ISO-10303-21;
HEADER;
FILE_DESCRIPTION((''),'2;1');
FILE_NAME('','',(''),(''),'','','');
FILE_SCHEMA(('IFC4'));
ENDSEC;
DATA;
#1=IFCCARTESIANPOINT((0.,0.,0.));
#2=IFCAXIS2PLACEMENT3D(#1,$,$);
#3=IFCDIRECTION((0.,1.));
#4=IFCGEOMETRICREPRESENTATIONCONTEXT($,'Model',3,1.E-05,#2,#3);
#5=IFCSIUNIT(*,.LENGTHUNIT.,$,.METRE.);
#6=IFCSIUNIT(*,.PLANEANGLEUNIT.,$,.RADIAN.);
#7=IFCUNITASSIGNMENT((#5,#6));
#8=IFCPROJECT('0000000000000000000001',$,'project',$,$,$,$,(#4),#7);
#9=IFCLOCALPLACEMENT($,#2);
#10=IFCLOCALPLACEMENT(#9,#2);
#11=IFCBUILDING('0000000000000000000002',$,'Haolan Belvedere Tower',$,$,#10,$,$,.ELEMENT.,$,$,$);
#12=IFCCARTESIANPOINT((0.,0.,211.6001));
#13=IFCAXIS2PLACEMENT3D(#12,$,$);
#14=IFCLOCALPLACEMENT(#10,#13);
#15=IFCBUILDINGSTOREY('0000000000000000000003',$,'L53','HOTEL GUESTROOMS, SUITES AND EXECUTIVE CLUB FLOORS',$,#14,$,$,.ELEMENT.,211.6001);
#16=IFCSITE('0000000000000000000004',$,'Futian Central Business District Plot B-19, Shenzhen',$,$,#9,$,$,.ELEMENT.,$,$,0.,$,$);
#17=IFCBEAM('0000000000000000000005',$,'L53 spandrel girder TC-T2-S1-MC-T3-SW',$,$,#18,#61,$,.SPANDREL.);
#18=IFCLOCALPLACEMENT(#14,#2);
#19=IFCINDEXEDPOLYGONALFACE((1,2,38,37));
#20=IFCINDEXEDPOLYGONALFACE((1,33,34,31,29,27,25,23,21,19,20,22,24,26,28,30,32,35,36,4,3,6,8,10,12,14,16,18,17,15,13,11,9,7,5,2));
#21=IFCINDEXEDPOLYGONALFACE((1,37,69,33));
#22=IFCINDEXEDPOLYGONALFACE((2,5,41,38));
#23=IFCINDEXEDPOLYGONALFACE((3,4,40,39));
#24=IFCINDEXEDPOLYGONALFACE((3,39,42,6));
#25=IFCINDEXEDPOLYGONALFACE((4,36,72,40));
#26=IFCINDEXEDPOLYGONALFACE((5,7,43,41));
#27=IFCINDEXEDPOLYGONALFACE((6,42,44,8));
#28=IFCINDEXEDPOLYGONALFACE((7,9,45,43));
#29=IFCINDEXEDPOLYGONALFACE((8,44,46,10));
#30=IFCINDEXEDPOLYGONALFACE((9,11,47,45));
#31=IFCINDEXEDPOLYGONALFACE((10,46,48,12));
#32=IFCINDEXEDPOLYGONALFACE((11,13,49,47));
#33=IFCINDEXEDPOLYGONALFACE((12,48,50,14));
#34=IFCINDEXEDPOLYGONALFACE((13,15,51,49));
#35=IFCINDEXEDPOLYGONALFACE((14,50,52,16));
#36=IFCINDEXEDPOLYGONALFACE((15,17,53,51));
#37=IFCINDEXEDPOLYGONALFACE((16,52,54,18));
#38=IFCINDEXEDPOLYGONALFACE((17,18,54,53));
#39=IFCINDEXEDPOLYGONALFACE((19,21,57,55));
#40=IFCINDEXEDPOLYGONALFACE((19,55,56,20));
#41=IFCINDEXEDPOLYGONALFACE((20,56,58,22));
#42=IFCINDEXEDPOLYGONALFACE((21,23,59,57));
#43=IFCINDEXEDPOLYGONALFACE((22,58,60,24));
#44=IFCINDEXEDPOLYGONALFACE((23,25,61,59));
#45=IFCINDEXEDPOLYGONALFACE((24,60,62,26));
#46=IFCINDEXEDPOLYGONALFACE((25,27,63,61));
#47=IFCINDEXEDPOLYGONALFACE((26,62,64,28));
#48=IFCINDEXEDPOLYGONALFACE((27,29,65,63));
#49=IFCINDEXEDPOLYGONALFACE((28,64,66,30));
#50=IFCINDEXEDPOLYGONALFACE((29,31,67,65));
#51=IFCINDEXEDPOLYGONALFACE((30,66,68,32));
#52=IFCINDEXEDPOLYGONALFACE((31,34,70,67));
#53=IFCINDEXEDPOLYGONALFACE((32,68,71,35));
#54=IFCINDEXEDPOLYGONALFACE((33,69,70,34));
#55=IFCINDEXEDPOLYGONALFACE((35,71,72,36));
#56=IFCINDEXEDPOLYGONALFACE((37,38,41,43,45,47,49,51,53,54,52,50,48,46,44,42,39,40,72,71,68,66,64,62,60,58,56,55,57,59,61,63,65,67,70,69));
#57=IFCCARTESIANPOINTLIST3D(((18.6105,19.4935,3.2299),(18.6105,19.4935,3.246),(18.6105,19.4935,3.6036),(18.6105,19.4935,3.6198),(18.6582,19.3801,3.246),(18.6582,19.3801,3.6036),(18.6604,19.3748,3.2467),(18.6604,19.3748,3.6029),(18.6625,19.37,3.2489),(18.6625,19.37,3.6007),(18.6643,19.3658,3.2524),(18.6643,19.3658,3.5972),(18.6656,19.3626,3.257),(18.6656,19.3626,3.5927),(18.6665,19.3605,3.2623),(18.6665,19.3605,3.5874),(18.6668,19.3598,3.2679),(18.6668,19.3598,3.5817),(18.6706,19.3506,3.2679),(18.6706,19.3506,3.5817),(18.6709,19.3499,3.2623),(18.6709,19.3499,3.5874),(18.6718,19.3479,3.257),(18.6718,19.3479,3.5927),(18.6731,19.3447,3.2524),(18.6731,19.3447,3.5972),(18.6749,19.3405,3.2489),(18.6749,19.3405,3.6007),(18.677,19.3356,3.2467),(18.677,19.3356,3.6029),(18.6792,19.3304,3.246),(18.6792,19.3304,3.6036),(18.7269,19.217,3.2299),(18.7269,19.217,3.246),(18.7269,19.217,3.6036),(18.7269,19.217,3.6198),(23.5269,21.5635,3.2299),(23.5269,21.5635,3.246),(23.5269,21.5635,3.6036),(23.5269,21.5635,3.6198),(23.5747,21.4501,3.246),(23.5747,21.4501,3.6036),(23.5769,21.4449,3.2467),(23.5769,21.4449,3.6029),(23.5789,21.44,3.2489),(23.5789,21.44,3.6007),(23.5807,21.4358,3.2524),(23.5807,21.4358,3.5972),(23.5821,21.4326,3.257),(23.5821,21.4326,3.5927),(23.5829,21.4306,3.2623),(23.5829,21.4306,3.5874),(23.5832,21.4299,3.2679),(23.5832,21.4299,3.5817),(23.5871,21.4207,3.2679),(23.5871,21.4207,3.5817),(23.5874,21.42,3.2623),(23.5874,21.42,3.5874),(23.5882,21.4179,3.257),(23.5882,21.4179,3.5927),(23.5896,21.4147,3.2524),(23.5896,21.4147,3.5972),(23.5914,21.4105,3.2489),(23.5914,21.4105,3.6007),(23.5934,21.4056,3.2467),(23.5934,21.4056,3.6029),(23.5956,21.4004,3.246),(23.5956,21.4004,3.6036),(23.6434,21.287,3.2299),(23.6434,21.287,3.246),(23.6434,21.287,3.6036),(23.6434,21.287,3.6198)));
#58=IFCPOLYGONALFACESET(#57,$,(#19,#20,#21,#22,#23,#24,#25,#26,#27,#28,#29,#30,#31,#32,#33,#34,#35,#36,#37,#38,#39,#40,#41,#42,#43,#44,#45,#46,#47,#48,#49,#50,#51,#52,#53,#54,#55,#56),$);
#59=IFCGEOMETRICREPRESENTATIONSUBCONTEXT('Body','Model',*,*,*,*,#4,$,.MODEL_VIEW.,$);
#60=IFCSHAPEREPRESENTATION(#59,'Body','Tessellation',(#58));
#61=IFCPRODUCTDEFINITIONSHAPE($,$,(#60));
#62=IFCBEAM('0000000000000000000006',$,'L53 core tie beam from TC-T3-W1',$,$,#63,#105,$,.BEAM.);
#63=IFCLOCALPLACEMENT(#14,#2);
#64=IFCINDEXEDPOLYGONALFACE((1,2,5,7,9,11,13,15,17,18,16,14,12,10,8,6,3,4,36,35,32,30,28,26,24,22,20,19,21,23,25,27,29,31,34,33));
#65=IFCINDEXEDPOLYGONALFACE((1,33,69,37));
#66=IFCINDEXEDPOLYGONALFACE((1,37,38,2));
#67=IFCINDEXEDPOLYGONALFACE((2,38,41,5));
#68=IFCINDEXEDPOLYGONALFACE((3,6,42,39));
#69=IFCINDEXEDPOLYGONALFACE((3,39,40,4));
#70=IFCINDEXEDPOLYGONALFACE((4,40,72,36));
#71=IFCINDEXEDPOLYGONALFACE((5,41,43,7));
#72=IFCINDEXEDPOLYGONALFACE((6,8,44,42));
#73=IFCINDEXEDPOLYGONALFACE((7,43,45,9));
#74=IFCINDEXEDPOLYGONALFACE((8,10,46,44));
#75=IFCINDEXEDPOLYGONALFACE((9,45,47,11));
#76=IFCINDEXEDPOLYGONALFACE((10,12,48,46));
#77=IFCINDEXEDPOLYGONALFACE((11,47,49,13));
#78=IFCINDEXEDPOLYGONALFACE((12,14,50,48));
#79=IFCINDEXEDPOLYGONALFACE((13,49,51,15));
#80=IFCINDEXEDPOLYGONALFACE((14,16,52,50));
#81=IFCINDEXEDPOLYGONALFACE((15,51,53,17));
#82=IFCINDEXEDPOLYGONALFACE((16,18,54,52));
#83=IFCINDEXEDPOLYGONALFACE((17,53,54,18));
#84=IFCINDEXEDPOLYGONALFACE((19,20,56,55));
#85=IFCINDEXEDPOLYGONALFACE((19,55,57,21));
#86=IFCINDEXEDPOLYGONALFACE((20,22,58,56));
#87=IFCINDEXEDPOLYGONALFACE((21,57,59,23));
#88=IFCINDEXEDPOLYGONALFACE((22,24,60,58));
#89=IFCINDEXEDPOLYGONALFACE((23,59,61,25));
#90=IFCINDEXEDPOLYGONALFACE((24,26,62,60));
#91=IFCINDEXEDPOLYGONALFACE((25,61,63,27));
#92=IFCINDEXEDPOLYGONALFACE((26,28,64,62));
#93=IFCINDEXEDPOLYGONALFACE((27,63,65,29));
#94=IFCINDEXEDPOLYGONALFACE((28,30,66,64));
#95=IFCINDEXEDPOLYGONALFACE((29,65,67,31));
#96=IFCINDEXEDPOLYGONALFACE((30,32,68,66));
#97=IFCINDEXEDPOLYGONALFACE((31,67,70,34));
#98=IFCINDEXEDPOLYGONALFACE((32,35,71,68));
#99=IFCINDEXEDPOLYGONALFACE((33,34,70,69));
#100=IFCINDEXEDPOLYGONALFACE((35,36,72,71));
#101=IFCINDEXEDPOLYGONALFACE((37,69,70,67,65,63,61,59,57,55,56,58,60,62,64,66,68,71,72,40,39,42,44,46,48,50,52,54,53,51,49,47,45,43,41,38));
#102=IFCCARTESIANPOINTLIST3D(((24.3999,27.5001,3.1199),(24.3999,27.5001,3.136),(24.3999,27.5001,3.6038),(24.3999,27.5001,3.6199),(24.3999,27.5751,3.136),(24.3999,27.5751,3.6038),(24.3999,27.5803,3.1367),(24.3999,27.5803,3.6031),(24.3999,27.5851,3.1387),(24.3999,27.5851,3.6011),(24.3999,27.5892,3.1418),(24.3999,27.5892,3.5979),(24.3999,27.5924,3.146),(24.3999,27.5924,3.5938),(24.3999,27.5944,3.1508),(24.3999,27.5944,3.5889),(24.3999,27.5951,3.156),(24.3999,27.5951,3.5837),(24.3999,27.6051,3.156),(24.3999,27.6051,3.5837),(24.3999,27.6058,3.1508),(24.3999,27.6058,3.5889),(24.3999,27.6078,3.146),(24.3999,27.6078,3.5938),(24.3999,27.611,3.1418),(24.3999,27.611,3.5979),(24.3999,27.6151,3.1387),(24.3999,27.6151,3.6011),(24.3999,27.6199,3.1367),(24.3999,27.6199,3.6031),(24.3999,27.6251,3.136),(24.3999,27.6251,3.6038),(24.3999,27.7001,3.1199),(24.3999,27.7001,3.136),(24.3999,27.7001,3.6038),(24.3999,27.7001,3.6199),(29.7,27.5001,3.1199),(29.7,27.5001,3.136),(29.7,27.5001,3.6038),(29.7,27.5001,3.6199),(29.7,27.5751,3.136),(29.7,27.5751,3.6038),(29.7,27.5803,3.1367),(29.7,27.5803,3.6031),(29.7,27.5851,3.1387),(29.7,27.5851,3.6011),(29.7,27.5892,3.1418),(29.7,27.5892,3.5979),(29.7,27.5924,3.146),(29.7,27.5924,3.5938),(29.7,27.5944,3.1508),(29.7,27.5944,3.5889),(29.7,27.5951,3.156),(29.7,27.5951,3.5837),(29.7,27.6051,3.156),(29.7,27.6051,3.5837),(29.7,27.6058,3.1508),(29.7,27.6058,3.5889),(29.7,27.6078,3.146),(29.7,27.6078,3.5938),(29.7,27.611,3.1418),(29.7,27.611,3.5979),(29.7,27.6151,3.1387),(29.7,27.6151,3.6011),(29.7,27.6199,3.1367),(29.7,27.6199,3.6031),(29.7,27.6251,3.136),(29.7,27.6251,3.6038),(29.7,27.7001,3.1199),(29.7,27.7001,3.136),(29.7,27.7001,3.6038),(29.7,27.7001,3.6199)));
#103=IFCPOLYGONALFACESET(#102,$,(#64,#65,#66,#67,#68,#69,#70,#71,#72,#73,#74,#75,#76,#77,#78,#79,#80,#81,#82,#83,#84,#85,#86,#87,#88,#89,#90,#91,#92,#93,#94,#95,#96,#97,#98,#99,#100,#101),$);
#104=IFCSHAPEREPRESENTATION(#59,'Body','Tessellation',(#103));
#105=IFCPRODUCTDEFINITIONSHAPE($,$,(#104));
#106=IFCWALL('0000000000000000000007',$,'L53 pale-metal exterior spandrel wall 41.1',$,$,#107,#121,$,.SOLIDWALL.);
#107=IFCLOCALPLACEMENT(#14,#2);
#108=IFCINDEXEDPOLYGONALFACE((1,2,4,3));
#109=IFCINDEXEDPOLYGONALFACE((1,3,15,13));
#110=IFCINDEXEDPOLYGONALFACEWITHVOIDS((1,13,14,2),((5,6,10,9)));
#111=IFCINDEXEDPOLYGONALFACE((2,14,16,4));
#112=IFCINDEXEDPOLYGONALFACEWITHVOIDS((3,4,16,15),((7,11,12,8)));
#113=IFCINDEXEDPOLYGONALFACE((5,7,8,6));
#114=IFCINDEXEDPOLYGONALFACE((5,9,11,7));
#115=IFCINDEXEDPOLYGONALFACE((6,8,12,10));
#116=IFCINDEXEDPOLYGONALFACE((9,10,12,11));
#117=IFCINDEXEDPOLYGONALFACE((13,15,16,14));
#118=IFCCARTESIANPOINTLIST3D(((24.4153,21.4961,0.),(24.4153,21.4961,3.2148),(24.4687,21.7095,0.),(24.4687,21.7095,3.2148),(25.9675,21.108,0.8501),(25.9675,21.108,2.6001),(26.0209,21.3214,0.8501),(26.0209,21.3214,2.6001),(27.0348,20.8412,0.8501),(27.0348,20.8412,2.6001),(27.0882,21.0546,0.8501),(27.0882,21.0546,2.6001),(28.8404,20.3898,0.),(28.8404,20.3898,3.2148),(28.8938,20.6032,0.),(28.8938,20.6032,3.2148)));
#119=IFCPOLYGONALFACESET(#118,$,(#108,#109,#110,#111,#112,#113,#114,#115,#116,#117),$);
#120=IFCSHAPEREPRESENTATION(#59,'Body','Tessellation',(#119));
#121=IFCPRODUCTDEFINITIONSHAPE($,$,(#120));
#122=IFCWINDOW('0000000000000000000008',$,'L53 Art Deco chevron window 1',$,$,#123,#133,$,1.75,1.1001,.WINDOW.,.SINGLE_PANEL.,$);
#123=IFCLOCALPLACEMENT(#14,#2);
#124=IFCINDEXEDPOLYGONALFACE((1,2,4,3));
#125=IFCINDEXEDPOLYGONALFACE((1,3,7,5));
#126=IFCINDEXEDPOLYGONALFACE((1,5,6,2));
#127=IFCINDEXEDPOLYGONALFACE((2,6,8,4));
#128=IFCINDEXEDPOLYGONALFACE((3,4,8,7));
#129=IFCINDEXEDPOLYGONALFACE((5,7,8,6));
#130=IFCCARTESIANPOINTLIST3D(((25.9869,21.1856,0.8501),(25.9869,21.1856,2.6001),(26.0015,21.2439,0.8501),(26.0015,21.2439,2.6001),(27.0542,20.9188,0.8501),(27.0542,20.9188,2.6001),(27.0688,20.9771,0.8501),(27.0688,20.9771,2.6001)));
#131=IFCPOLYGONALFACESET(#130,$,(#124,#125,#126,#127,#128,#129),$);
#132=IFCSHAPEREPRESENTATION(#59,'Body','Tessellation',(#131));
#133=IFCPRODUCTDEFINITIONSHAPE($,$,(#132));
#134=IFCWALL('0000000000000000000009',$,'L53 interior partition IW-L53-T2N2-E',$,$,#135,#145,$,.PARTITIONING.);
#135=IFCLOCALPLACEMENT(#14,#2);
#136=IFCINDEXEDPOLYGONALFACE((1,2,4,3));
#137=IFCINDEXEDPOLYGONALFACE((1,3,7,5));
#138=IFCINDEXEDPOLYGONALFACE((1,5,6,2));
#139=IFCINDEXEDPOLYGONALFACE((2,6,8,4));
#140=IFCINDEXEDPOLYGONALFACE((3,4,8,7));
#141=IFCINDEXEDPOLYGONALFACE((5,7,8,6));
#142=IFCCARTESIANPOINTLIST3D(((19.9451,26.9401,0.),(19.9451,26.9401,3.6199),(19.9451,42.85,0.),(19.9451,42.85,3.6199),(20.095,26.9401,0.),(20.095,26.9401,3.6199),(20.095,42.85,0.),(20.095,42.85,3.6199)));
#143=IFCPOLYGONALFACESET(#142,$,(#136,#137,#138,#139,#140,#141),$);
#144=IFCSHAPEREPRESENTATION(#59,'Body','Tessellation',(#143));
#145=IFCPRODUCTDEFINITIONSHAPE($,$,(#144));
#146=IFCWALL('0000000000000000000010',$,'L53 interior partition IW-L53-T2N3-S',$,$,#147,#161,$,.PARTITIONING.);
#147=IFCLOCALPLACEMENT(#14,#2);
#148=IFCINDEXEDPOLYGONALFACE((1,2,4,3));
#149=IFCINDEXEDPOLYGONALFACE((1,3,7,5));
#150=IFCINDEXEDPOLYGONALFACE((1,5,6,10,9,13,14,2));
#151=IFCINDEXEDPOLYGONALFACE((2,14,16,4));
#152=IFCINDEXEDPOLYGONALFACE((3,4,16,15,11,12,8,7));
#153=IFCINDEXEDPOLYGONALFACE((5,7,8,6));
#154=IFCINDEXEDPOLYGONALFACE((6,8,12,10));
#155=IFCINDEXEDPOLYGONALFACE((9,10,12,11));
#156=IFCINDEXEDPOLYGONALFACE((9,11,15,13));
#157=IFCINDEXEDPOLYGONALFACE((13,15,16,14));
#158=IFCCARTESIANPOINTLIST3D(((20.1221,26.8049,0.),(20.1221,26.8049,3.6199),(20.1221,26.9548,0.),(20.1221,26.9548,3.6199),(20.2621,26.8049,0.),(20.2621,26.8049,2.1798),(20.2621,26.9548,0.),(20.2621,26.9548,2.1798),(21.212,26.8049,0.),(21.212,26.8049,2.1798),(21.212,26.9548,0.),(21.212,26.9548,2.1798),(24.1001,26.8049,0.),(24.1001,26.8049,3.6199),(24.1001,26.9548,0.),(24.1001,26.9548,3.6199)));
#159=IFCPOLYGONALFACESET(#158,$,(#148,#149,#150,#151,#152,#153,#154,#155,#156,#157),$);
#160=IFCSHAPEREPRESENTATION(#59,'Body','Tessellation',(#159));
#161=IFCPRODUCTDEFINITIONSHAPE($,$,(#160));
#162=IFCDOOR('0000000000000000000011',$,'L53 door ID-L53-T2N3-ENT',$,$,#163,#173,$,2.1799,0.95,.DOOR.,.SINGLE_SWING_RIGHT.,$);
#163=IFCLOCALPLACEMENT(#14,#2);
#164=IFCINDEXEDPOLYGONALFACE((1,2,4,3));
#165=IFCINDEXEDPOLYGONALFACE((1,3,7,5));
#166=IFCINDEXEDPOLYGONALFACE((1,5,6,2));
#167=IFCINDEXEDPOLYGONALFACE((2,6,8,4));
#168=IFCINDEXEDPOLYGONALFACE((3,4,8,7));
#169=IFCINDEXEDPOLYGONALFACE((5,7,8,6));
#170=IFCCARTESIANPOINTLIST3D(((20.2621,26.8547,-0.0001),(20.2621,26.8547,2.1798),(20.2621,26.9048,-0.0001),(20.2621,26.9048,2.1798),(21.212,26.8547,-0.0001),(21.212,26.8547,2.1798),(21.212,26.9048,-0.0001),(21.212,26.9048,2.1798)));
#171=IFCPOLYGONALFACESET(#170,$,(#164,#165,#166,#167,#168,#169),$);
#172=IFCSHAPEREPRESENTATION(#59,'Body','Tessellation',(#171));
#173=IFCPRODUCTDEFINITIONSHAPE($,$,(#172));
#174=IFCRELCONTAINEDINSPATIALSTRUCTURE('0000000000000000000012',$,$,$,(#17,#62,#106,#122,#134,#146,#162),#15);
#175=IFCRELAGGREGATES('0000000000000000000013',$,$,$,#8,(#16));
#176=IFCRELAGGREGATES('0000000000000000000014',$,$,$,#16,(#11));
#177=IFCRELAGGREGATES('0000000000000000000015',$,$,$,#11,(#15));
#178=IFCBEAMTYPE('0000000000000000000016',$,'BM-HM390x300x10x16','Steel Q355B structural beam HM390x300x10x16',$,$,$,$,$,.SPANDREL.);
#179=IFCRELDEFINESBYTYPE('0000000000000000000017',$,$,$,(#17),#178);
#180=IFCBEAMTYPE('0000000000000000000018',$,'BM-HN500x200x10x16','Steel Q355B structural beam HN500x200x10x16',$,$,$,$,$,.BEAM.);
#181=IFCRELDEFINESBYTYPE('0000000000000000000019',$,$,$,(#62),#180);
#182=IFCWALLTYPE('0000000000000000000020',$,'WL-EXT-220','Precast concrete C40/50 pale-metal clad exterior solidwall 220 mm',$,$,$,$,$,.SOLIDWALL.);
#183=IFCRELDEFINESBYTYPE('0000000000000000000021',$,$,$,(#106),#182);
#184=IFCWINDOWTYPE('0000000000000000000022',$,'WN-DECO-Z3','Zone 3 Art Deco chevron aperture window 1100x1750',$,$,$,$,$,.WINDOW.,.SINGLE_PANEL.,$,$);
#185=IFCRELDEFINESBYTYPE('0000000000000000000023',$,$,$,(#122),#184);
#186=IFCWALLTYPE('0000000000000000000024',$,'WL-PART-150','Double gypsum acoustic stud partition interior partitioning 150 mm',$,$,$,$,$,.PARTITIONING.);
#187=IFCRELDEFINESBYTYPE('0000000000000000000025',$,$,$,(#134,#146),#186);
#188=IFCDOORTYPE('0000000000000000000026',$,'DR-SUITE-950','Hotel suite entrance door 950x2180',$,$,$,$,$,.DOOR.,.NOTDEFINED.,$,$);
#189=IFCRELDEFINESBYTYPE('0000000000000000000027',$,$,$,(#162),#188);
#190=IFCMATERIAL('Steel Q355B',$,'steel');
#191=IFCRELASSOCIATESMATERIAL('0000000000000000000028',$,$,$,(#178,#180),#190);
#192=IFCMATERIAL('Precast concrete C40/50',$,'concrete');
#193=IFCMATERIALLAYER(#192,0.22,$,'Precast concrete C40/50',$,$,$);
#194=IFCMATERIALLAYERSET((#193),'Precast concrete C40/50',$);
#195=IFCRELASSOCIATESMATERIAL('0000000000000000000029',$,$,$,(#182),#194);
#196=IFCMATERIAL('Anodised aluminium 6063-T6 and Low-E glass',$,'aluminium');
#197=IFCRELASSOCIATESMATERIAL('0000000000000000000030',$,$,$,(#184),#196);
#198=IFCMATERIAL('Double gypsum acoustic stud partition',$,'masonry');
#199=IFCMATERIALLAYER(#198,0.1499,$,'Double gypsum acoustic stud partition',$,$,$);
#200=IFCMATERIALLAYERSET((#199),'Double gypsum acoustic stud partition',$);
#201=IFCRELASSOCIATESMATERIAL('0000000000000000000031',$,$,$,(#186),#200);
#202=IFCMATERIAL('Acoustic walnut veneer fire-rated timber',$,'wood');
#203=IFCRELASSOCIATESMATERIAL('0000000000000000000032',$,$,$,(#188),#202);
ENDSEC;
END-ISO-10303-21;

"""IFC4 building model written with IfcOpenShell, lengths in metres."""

from ifc_helpers import new_model, si_unit, direction, frame, frame_2d, origin, origin_2d, place, context, subcontext, project, spatial, rectangle, i_section, extrude, material, layer, layer_set, material_profile, profile_set, type_object, element, fill, save


model = new_model("IFC4")

# Units and contexts
model_context = context("Model", 3, precision=1e-05, world=origin(), true_north=direction((0.0, 1.0)))
body_context = subcontext(model_context, "Body", "Model", "MODEL_VIEW")
ifc_project = project(units=[si_unit("LENGTHUNIT", "METRE"), si_unit("PLANEANGLEUNIT", "RADIAN")], contexts=[model_context])

# Site, building, storey
site_placement = place(None, origin())
site = spatial("IfcSite", under=ifc_project, at=site_placement, Name="Futian Central Business District Plot B-19, Shenzhen", CompositionType="ELEMENT", RefElevation=0.0)
building_placement = place(site_placement, origin())
building = spatial("IfcBuilding", under=site, at=building_placement, Name="Haolan Belvedere Tower", CompositionType="ELEMENT")
storey_placement = place(building_placement, frame((0.0, 0.0, 211.6001)))
storey = spatial("IfcBuildingStorey", under=building, at=storey_placement, Name="L53", Description="HOTEL GUESTROOMS, SUITES AND EXECUTIVE CLUB FLOORS", CompositionType="ELEMENT", Elevation=211.6001)

# Beams
ifc_material_1 = material(Name="Steel Q355B", Category="steel")
ifc_material_profile_1 = material_profile(ifc_material_1, i_section(OverallWidth=0.3, OverallDepth=0.3899, WebThickness=0.01, FlangeThickness=0.0161, FilletRadius=0.022, at=origin_2d()), Name="Steel Q355B")
ifc_profile_set_1 = profile_set([ifc_material_profile_1], Name="Steel Q355B")
beam_type_1 = type_object("IfcBeamType", Name="BM-HM390x300x10x16", Description="Steel Q355B structural beam HM390x300x10x16", PredefinedType="SPANDREL", material=ifc_profile_set_1)
beam_1_placement = place(storey_placement, frame((18.6687, 19.3552, 3.4248), z_axis=(0.921638, 0.388051, 0.0), x_axis=(-0.388051, 0.921638, 0.0)))
element("IfcBeam", 1, at=beam_1_placement, inside=storey, type_object=beam_type_1, Name="L53 spandrel girder TC-T2-S1-MC-T3-SW", PredefinedType="SPANDREL", context=body_context, shape_type="SweptSolid", body=[
    extrude(i_section(OverallWidth=0.3, OverallDepth=0.3899, WebThickness=0.01, FlangeThickness=0.0161, FilletRadius=0.022, at=origin_2d()), origin(), (0.0, 0.0, 1.0), 5.3345),
])
ifc_material_profile_2 = material_profile(ifc_material_1, i_section(OverallWidth=0.2, OverallDepth=0.5, WebThickness=0.01, FlangeThickness=0.0161, FilletRadius=0.02, at=origin_2d()), Name="Steel Q355B")
ifc_profile_set_2 = profile_set([ifc_material_profile_2], Name="Steel Q355B")
beam_type_2 = type_object("IfcBeamType", Name="BM-HN500x200x10x16", Description="Steel Q355B structural beam HN500x200x10x16", PredefinedType="BEAM", material=ifc_profile_set_2)
beam_2_placement = place(storey_placement, frame((24.3999, 27.6001, 3.3699), z_axis=(1.0, 0.0, 0.0), x_axis=(0.0, 1.0, 0.0)))
element("IfcBeam", 2, at=beam_2_placement, inside=storey, type_object=beam_type_2, Name="L53 core tie beam from TC-T3-W1", PredefinedType="BEAM", context=body_context, shape_type="SweptSolid", body=[
    extrude(i_section(OverallWidth=0.2, OverallDepth=0.5, WebThickness=0.01, FlangeThickness=0.0161, FilletRadius=0.02, at=origin_2d()), origin(), (0.0, 0.0, 1.0), 5.3),
])

# Wall, opening, window
ifc_material_2 = material(Name="Precast concrete C40/50", Category="concrete")
ifc_layer_1 = layer(ifc_material_2, 0.22, Name="Precast concrete C40/50")
ifc_layer_set_1 = layer_set([ifc_layer_1], Name="Precast concrete C40/50")
wall_type_1 = type_object("IfcWallType", Name="WL-EXT-220", Description="Precast concrete C40/50 pale-metal clad exterior solidwall 220 mm", PredefinedType="SOLIDWALL", material=ifc_layer_set_1)
wall_1_placement = place(storey_placement, frame((24.4419, 21.6028, 0.0), z_axis=(0.0, 0.0, 1.0), x_axis=(0.970146, -0.242523, 0.0)))
wall_1 = element("IfcWall", 3, at=wall_1_placement, inside=storey, type_object=wall_type_1, Name="L53 pale-metal exterior spandrel wall 41.1", PredefinedType="SOLIDWALL", context=body_context, shape_type="SweptSolid", body=[
    extrude(rectangle(XDim=4.5613, YDim=0.22, at=frame_2d((2.2808, 0.0))), origin(), (0.0, 0.0, 1.0), 3.2148),
])
opening_1_placement = place(wall_1_placement, frame((1.6001, 0.0, 0.8501)))
opening_1 = element("IfcOpeningElement", 4, at=opening_1_placement, cuts=wall_1, PredefinedType="OPENING", context=body_context, shape_type="SweptSolid", body=[
    extrude(rectangle(XDim=1.1001, YDim=1.75, at=frame_2d((0.55, 0.875))), frame((0.0, 0.1199, 0.0), z_axis=(0.0, -1.0, 0.0), x_axis=(1.0, 0.0, 0.0)), (0.0, 0.0, 1.0), 0.24),
])
ifc_material_3 = material(Name="Anodised aluminium 6063-T6 and Low-E glass", Category="aluminium")
window_type = type_object("IfcWindowType", Name="WN-DECO-Z3", Description="Zone 3 Art Deco chevron aperture window 1100x1750", PartitioningType="SINGLE_PANEL", PredefinedType="WINDOW", material=ifc_material_3)
window_placement = place(opening_1_placement, origin())
window = element("IfcWindow", 5, at=window_placement, inside=storey, type_object=window_type, Name="L53 Art Deco chevron window 1", OverallHeight=1.75, OverallWidth=1.1001, PartitioningType="SINGLE_PANEL", PredefinedType="WINDOW", context=body_context, shape_type="SweptSolid", body=[
    extrude(rectangle(XDim=1.1001, YDim=1.75, at=frame_2d((0.55, 0.875))), frame((0.0, 0.03, 0.0), z_axis=(0.0, -1.0, 0.0), x_axis=(1.0, 0.0, 0.0)), (0.0, 0.0, 1.0), 0.0601),
])
fill(opening_1, window)

# Shared definitions
ifc_material_4 = material(Name="Double gypsum acoustic stud partition", Category="masonry")
ifc_layer_2 = layer(ifc_material_4, 0.1499, Name="Double gypsum acoustic stud partition")
ifc_layer_set_2 = layer_set([ifc_layer_2], Name="Double gypsum acoustic stud partition")
wall_type_2 = type_object("IfcWallType", Name="WL-PART-150", Description="Double gypsum acoustic stud partition interior partitioning 150 mm", PredefinedType="PARTITIONING", material=ifc_layer_set_2)

# Wall
wall_2_placement = place(storey_placement, frame((20.02, 26.9399, 0.0), z_axis=(0.0, 0.0, 1.0), x_axis=(0.0, 1.0, 0.0)))
element("IfcWall", 6, at=wall_2_placement, inside=storey, type_object=wall_type_2, Name="L53 interior partition IW-L53-T2N2-E", PredefinedType="PARTITIONING", context=body_context, shape_type="SweptSolid", body=[
    extrude(rectangle(XDim=15.9099, YDim=0.1499, at=frame_2d((7.9551, 0.0))), origin(), (0.0, 0.0, 1.0), 3.6199),
])

# Wall, opening, door
wall_3_placement = place(storey_placement, frame((20.1221, 26.8799, 0.0), z_axis=(0.0, 0.0, 1.0), x_axis=(1.0, 0.0, 0.0)))
wall_3 = element("IfcWall", 7, at=wall_3_placement, inside=storey, type_object=wall_type_2, Name="L53 interior partition IW-L53-T2N3-S", PredefinedType="PARTITIONING", context=body_context, shape_type="SweptSolid", body=[
    extrude(rectangle(XDim=3.978, YDim=0.1499, at=frame_2d((1.989, 0.0))), origin(), (0.0, 0.0, 1.0), 3.6199),
])
opening_2_placement = place(wall_3_placement, frame((0.1399, 0.0, 0.0)))
opening_2 = element("IfcOpeningElement", 8, at=opening_2_placement, cuts=wall_3, PredefinedType="OPENING", context=body_context, shape_type="SweptSolid", body=[
    extrude(rectangle(XDim=0.95, YDim=2.1799, at=frame_2d((0.4751, 1.0898))), frame((0.0, 0.085, 0.0), z_axis=(0.0, -1.0, 0.0), x_axis=(1.0, 0.0, 0.0)), (0.0, 0.0, 1.0), 0.1699),
])
ifc_material_5 = material(Name="Acoustic walnut veneer fire-rated timber", Category="wood")
door_type_1 = type_object("IfcDoorType", Name="DR-SUITE-950", Description="Hotel suite entrance door 950x2180", OperationType="NOTDEFINED", PredefinedType="DOOR", material=ifc_material_5)
door_1_placement = place(opening_2_placement, origin())
door_1 = element("IfcDoor", 9, at=door_1_placement, inside=storey, type_object=door_type_1, Name="L53 door ID-L53-T2N3-ENT", OperationType="SINGLE_SWING_RIGHT", OverallHeight=2.1799, OverallWidth=0.95, PredefinedType="DOOR", context=body_context, shape_type="SweptSolid", body=[
    extrude(rectangle(XDim=0.95, YDim=2.1799, at=frame_2d((0.4751, 1.0898))), frame((0.0, 0.0249, 0.0), z_axis=(0.0, -1.0, 0.0), x_axis=(1.0, 0.0, 0.0)), (0.0, 0.0, 1.0), 0.05),
])
fill(opening_2, door_1)

save(model, "model.ifc")
